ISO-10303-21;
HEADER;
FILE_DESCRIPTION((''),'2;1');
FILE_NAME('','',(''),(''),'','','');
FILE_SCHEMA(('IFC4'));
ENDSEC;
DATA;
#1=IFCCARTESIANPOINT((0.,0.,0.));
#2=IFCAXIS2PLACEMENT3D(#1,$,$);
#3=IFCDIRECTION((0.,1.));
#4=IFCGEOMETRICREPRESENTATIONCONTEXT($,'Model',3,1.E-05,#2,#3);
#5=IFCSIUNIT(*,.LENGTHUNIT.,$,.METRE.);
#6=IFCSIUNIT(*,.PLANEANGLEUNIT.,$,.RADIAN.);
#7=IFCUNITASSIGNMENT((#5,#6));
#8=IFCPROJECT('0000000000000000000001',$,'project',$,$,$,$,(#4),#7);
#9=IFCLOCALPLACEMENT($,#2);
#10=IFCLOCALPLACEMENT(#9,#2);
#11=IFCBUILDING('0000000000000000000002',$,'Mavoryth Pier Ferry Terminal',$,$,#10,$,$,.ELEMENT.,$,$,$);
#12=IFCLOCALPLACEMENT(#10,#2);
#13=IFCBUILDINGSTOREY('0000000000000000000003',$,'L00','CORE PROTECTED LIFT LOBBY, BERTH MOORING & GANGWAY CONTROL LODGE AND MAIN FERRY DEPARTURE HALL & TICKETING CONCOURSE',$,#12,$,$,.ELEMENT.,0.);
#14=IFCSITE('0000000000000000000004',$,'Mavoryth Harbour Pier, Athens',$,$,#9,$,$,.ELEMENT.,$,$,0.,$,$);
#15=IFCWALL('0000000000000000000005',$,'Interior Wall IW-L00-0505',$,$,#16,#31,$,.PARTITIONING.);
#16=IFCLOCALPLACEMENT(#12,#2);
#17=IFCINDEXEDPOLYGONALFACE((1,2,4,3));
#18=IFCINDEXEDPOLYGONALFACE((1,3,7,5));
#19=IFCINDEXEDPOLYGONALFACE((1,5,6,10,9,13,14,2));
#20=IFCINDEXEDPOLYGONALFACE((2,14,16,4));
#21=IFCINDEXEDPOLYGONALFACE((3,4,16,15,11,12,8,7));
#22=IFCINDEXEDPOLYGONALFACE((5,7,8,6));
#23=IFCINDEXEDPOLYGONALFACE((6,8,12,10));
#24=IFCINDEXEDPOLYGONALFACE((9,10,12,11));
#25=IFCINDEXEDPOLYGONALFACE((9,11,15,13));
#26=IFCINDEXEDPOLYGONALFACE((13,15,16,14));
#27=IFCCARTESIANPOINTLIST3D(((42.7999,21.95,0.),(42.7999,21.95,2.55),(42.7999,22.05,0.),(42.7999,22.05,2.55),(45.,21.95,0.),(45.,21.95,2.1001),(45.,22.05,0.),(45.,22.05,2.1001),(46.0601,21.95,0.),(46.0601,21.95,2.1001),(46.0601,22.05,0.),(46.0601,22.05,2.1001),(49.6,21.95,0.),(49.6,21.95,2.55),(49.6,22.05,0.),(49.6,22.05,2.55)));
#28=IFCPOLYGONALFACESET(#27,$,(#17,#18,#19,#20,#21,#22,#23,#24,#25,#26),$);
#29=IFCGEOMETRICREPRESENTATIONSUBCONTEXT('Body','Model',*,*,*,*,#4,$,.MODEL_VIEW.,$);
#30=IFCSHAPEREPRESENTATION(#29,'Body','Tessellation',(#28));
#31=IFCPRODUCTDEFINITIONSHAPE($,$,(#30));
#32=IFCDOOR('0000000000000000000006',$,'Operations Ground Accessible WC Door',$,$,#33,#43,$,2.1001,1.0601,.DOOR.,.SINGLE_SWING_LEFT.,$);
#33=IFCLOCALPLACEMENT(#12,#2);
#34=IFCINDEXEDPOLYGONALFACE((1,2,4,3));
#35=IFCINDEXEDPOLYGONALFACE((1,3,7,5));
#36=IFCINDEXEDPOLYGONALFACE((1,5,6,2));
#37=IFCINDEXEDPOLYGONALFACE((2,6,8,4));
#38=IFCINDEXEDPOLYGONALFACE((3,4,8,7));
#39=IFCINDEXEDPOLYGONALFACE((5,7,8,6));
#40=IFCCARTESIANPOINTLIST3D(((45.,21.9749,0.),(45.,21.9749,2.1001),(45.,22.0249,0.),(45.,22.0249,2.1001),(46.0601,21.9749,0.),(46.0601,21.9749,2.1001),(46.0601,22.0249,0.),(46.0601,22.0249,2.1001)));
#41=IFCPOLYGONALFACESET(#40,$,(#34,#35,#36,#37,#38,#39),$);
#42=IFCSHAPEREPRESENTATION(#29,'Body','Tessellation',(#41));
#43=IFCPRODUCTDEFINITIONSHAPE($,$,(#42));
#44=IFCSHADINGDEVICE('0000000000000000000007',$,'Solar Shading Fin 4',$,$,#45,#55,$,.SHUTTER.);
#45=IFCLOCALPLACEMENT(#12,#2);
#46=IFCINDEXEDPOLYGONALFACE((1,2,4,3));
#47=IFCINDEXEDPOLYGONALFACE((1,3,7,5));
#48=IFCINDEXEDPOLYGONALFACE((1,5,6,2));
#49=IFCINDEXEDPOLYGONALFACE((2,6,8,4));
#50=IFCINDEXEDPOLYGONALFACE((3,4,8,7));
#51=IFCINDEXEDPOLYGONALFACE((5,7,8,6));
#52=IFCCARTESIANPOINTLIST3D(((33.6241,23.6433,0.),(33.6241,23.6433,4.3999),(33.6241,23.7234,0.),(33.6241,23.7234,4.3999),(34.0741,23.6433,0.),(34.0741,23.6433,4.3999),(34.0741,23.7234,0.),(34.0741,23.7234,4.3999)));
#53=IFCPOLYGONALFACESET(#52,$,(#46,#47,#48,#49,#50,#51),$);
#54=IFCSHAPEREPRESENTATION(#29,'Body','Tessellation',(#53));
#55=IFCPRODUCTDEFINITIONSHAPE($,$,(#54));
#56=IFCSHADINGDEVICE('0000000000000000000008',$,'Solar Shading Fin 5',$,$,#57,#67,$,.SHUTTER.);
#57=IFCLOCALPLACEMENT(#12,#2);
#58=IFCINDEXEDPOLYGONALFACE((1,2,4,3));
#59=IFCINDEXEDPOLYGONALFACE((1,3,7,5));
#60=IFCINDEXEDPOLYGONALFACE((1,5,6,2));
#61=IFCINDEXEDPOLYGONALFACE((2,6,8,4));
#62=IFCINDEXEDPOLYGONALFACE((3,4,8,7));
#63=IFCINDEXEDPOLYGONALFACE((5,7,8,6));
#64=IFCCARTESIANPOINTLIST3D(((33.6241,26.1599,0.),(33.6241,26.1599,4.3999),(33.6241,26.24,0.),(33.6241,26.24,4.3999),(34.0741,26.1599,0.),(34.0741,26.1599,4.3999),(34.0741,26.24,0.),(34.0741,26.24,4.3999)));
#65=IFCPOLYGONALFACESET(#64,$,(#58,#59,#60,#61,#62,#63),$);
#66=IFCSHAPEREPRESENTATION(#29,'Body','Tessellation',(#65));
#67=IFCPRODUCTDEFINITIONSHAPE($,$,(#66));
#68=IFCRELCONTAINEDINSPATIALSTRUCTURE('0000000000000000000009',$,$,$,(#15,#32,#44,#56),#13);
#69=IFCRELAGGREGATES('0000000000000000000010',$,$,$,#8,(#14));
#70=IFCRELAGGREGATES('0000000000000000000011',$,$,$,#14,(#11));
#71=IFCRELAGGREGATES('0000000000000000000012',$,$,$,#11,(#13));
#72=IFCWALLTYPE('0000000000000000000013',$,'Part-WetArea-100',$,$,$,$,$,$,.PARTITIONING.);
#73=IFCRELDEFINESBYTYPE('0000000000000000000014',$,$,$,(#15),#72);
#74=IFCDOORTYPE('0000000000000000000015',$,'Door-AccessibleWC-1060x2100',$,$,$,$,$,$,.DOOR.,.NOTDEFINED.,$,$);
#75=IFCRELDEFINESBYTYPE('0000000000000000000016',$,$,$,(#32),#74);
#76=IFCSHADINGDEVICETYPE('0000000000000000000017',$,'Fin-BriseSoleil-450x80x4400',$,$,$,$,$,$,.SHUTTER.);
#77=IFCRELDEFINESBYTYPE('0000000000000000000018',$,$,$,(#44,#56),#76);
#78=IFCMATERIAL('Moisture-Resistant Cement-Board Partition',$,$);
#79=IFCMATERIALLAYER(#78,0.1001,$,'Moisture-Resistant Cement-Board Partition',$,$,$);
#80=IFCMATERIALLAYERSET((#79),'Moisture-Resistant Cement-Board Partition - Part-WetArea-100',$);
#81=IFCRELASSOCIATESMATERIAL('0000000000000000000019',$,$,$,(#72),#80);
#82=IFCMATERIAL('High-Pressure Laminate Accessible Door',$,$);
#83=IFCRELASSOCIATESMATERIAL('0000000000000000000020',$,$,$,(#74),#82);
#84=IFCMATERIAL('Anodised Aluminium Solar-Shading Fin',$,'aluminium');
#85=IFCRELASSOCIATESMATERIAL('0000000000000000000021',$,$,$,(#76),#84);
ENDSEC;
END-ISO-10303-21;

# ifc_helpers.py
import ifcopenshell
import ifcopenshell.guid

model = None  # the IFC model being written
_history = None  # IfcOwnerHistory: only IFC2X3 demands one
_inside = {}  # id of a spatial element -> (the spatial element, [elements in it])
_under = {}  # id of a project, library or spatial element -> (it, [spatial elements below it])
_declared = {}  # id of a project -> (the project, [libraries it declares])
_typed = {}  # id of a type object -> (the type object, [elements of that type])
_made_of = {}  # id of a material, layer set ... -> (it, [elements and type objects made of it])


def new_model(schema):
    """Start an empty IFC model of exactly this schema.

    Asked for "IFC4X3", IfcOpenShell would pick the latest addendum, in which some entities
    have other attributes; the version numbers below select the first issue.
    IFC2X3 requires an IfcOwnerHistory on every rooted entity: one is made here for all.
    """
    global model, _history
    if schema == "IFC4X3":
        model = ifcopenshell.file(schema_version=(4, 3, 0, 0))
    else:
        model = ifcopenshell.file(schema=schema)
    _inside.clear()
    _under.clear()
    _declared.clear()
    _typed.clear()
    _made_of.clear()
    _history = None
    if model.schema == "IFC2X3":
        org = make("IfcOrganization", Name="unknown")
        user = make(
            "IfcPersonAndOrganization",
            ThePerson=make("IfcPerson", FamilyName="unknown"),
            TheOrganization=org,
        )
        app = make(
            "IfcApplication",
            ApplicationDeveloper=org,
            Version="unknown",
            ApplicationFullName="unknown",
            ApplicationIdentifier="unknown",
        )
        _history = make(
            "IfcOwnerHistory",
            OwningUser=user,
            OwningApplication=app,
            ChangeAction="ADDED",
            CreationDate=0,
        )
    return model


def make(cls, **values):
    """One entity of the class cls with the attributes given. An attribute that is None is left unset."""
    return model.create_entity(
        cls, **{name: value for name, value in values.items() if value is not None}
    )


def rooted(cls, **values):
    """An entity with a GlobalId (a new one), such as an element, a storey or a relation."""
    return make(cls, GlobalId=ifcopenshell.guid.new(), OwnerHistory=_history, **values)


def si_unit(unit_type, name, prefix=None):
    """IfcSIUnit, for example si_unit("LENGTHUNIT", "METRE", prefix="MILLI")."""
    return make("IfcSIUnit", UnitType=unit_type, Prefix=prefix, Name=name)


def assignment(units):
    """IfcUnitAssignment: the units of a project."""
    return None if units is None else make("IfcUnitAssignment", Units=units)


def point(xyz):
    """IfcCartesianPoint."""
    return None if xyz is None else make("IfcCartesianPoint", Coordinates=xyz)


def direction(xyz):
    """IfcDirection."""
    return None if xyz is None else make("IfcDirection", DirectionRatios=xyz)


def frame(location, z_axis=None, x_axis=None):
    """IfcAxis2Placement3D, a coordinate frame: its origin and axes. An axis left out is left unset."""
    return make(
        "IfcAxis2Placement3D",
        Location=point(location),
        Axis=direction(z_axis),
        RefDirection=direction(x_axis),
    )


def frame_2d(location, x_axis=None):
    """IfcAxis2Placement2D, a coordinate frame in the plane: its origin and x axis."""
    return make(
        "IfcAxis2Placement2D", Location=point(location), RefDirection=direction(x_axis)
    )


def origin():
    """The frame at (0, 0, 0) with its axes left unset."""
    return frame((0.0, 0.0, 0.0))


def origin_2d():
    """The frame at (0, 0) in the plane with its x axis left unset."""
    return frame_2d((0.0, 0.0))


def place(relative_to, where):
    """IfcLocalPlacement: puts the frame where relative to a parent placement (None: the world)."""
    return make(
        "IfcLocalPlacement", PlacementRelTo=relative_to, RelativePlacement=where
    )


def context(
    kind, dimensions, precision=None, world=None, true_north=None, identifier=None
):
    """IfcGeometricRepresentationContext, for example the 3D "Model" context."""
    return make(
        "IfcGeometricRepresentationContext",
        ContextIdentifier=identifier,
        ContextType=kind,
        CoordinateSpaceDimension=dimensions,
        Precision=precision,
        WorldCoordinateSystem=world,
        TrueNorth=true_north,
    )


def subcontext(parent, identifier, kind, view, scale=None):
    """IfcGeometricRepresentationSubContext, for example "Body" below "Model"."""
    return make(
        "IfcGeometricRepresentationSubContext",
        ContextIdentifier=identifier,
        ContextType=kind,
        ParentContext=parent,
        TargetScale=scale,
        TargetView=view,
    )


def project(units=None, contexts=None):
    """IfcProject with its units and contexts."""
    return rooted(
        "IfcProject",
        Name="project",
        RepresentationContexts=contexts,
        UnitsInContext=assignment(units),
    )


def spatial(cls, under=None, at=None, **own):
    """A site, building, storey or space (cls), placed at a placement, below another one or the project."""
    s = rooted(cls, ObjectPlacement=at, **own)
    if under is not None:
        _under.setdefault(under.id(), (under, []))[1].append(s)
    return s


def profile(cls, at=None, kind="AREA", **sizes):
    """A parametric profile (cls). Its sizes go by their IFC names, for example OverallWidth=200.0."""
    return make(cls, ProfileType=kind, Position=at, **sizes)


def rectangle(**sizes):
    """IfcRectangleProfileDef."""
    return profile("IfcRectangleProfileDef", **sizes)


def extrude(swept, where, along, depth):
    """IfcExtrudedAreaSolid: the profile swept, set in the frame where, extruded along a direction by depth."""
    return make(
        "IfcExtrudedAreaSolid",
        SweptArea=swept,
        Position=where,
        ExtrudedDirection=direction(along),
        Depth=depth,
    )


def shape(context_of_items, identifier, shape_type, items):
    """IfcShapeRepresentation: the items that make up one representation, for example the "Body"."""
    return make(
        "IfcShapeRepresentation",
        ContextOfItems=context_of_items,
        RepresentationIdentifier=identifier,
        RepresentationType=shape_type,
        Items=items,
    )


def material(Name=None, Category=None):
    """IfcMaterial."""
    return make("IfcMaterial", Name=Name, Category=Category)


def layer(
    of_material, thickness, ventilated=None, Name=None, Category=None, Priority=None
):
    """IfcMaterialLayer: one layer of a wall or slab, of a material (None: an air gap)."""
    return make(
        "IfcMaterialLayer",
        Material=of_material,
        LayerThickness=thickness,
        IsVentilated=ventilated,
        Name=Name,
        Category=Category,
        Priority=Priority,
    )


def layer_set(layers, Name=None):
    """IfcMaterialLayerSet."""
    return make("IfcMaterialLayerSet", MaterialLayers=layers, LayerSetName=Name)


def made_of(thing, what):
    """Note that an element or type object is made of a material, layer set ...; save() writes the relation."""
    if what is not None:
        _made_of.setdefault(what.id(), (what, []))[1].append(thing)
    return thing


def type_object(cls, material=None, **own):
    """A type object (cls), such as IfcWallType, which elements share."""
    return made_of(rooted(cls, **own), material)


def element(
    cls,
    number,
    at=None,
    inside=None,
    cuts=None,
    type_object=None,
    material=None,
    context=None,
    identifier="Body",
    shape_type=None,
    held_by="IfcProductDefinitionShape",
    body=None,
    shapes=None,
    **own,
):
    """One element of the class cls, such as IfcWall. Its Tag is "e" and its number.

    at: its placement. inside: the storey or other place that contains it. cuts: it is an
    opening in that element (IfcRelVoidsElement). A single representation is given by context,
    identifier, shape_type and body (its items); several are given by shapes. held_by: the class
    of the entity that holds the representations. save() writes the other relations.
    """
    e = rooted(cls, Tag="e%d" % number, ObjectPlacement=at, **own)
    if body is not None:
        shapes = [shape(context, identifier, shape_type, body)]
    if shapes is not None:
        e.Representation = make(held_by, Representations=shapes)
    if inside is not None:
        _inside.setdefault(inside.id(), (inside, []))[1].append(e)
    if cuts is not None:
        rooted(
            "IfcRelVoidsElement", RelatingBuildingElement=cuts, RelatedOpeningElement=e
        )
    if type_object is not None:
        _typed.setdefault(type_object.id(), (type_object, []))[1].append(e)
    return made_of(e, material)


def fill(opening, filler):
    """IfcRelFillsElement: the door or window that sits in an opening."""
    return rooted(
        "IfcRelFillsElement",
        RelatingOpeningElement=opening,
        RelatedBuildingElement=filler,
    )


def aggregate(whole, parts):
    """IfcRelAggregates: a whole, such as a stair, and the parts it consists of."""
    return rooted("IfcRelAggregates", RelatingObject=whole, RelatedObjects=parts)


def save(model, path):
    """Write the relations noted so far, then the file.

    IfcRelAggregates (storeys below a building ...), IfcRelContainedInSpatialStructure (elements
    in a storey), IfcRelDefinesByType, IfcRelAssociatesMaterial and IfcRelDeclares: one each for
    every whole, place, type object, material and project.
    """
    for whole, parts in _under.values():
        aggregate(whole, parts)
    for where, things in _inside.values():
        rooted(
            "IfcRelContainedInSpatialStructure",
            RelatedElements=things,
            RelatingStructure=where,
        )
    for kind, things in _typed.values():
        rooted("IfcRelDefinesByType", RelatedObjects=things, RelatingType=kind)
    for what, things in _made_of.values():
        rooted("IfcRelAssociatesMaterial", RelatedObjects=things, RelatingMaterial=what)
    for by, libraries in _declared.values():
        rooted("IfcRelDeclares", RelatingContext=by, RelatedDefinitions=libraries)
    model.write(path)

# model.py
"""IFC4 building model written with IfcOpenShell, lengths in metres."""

from ifc_helpers import new_model, si_unit, direction, frame, frame_2d, origin, origin_2d, place, context, subcontext, project, spatial, rectangle, extrude, material, layer, layer_set, type_object, element, fill, save


model = new_model("IFC4")

# Units and contexts
model_context = context("Model", 3, precision=1e-05, world=origin(), true_north=direction((0.0, 1.0)))
body_context = subcontext(model_context, "Body", "Model", "MODEL_VIEW")
ifc_project = project(units=[si_unit("LENGTHUNIT", "METRE"), si_unit("PLANEANGLEUNIT", "RADIAN")], contexts=[model_context])

# Site, building, storey
site_placement = place(None, origin())
site = spatial("IfcSite", under=ifc_project, at=site_placement, Name="Mavoryth Harbour Pier, Athens", CompositionType="ELEMENT", RefElevation=0.0)
building_placement = place(site_placement, origin())
building = spatial("IfcBuilding", under=site, at=building_placement, Name="Mavoryth Pier Ferry Terminal", CompositionType="ELEMENT")
storey_placement = place(building_placement, origin())
storey = spatial("IfcBuildingStorey", under=building, at=storey_placement, Name="L00", Description="CORE PROTECTED LIFT LOBBY, BERTH MOORING & GANGWAY CONTROL LODGE AND MAIN FERRY DEPARTURE HALL & TICKETING CONCOURSE", CompositionType="ELEMENT", Elevation=0.0)

# Wall, opening, door
ifc_material_1 = material(Name="Moisture-Resistant Cement-Board Partition")
ifc_layer_1 = layer(ifc_material_1, 0.1001, Name="Moisture-Resistant Cement-Board Partition")
ifc_layer_set_1 = layer_set([ifc_layer_1], Name="Moisture-Resistant Cement-Board Partition - Part-WetArea-100")
wall_type = type_object("IfcWallType", Name="Part-WetArea-100", PredefinedType="PARTITIONING", material=ifc_layer_set_1)
wall_placement = place(storey_placement, frame((42.8, 22.0, 0.0), z_axis=(0.0, 0.0, 1.0), x_axis=(1.0, 0.0, 0.0)))
wall = element("IfcWall", 1, at=wall_placement, inside=storey, type_object=wall_type, Name="Interior Wall IW-L00-0505", PredefinedType="PARTITIONING", context=body_context, shape_type="SweptSolid", body=[
    extrude(rectangle(XDim=6.8, YDim=0.1001, at=frame_2d((3.3999, 0.0))), origin(), (0.0, 0.0, 1.0), 2.55),
])
opening_placement = place(wall_placement, frame((2.2, 0.0, 0.0)))
opening = element("IfcOpeningElement", 2, at=opening_placement, cuts=wall, PredefinedType="OPENING", context=body_context, shape_type="SweptSolid", body=[
    extrude(rectangle(XDim=1.0601, YDim=2.1001, at=frame_2d((0.53, 1.05))), frame((0.0, 0.0601, 0.0), z_axis=(0.0, -1.0, 0.0), x_axis=(1.0, 0.0, 0.0)), (0.0, 0.0, 1.0), 0.1201),
])
ifc_material_2 = material(Name="High-Pressure Laminate Accessible Door")
door_type = type_object("IfcDoorType", Name="Door-AccessibleWC-1060x2100", OperationType="NOTDEFINED", PredefinedType="DOOR", material=ifc_material_2)
door_placement = place(opening_placement, origin())
door = element("IfcDoor", 3, at=door_placement, inside=storey, type_object=door_type, Name="Operations Ground Accessible WC Door", OperationType="SINGLE_SWING_LEFT", OverallHeight=2.1001, OverallWidth=1.0601, PredefinedType="DOOR", context=body_context, shape_type="SweptSolid", body=[
    extrude(rectangle(XDim=1.0601, YDim=2.1001, at=frame_2d((0.53, 1.05))), frame((0.0, 0.0249, 0.0), z_axis=(0.0, -1.0, 0.0), x_axis=(1.0, 0.0, 0.0)), (0.0, 0.0, 1.0), 0.05),
])
fill(opening, door)

# Shading devices
ifc_material_3 = material(Name="Anodised Aluminium Solar-Shading Fin", Category="aluminium")
shading_device_type = type_object("IfcShadingDeviceType", Name="Fin-BriseSoleil-450x80x4400", PredefinedType="SHUTTER", material=ifc_material_3)
for number, where, z_axis, x_axis, name in (
    (4, (33.8491, 23.6833, 0.0), (0.0, 0.0, 1.0), (0.0, 1.0, 0.0), "Solar Shading Fin 4"),
    (5, (33.8491, 26.2, 0.0), (0.0, 0.0, 1.0), (0.0, 1.0, 0.0), "Solar Shading Fin 5"),
):
    element("IfcShadingDevice", number, at=place(storey_placement, frame(where, z_axis=z_axis, x_axis=x_axis)), inside=storey, type_object=shading_device_type, Name=name, PredefinedType="SHUTTER", context=body_context, shape_type="SweptSolid", body=[
        extrude(rectangle(XDim=0.0801, YDim=0.45, at=origin_2d()), origin(), (0.0, 0.0, 1.0), 4.3999),
    ])

save(model, "model.ifc")
